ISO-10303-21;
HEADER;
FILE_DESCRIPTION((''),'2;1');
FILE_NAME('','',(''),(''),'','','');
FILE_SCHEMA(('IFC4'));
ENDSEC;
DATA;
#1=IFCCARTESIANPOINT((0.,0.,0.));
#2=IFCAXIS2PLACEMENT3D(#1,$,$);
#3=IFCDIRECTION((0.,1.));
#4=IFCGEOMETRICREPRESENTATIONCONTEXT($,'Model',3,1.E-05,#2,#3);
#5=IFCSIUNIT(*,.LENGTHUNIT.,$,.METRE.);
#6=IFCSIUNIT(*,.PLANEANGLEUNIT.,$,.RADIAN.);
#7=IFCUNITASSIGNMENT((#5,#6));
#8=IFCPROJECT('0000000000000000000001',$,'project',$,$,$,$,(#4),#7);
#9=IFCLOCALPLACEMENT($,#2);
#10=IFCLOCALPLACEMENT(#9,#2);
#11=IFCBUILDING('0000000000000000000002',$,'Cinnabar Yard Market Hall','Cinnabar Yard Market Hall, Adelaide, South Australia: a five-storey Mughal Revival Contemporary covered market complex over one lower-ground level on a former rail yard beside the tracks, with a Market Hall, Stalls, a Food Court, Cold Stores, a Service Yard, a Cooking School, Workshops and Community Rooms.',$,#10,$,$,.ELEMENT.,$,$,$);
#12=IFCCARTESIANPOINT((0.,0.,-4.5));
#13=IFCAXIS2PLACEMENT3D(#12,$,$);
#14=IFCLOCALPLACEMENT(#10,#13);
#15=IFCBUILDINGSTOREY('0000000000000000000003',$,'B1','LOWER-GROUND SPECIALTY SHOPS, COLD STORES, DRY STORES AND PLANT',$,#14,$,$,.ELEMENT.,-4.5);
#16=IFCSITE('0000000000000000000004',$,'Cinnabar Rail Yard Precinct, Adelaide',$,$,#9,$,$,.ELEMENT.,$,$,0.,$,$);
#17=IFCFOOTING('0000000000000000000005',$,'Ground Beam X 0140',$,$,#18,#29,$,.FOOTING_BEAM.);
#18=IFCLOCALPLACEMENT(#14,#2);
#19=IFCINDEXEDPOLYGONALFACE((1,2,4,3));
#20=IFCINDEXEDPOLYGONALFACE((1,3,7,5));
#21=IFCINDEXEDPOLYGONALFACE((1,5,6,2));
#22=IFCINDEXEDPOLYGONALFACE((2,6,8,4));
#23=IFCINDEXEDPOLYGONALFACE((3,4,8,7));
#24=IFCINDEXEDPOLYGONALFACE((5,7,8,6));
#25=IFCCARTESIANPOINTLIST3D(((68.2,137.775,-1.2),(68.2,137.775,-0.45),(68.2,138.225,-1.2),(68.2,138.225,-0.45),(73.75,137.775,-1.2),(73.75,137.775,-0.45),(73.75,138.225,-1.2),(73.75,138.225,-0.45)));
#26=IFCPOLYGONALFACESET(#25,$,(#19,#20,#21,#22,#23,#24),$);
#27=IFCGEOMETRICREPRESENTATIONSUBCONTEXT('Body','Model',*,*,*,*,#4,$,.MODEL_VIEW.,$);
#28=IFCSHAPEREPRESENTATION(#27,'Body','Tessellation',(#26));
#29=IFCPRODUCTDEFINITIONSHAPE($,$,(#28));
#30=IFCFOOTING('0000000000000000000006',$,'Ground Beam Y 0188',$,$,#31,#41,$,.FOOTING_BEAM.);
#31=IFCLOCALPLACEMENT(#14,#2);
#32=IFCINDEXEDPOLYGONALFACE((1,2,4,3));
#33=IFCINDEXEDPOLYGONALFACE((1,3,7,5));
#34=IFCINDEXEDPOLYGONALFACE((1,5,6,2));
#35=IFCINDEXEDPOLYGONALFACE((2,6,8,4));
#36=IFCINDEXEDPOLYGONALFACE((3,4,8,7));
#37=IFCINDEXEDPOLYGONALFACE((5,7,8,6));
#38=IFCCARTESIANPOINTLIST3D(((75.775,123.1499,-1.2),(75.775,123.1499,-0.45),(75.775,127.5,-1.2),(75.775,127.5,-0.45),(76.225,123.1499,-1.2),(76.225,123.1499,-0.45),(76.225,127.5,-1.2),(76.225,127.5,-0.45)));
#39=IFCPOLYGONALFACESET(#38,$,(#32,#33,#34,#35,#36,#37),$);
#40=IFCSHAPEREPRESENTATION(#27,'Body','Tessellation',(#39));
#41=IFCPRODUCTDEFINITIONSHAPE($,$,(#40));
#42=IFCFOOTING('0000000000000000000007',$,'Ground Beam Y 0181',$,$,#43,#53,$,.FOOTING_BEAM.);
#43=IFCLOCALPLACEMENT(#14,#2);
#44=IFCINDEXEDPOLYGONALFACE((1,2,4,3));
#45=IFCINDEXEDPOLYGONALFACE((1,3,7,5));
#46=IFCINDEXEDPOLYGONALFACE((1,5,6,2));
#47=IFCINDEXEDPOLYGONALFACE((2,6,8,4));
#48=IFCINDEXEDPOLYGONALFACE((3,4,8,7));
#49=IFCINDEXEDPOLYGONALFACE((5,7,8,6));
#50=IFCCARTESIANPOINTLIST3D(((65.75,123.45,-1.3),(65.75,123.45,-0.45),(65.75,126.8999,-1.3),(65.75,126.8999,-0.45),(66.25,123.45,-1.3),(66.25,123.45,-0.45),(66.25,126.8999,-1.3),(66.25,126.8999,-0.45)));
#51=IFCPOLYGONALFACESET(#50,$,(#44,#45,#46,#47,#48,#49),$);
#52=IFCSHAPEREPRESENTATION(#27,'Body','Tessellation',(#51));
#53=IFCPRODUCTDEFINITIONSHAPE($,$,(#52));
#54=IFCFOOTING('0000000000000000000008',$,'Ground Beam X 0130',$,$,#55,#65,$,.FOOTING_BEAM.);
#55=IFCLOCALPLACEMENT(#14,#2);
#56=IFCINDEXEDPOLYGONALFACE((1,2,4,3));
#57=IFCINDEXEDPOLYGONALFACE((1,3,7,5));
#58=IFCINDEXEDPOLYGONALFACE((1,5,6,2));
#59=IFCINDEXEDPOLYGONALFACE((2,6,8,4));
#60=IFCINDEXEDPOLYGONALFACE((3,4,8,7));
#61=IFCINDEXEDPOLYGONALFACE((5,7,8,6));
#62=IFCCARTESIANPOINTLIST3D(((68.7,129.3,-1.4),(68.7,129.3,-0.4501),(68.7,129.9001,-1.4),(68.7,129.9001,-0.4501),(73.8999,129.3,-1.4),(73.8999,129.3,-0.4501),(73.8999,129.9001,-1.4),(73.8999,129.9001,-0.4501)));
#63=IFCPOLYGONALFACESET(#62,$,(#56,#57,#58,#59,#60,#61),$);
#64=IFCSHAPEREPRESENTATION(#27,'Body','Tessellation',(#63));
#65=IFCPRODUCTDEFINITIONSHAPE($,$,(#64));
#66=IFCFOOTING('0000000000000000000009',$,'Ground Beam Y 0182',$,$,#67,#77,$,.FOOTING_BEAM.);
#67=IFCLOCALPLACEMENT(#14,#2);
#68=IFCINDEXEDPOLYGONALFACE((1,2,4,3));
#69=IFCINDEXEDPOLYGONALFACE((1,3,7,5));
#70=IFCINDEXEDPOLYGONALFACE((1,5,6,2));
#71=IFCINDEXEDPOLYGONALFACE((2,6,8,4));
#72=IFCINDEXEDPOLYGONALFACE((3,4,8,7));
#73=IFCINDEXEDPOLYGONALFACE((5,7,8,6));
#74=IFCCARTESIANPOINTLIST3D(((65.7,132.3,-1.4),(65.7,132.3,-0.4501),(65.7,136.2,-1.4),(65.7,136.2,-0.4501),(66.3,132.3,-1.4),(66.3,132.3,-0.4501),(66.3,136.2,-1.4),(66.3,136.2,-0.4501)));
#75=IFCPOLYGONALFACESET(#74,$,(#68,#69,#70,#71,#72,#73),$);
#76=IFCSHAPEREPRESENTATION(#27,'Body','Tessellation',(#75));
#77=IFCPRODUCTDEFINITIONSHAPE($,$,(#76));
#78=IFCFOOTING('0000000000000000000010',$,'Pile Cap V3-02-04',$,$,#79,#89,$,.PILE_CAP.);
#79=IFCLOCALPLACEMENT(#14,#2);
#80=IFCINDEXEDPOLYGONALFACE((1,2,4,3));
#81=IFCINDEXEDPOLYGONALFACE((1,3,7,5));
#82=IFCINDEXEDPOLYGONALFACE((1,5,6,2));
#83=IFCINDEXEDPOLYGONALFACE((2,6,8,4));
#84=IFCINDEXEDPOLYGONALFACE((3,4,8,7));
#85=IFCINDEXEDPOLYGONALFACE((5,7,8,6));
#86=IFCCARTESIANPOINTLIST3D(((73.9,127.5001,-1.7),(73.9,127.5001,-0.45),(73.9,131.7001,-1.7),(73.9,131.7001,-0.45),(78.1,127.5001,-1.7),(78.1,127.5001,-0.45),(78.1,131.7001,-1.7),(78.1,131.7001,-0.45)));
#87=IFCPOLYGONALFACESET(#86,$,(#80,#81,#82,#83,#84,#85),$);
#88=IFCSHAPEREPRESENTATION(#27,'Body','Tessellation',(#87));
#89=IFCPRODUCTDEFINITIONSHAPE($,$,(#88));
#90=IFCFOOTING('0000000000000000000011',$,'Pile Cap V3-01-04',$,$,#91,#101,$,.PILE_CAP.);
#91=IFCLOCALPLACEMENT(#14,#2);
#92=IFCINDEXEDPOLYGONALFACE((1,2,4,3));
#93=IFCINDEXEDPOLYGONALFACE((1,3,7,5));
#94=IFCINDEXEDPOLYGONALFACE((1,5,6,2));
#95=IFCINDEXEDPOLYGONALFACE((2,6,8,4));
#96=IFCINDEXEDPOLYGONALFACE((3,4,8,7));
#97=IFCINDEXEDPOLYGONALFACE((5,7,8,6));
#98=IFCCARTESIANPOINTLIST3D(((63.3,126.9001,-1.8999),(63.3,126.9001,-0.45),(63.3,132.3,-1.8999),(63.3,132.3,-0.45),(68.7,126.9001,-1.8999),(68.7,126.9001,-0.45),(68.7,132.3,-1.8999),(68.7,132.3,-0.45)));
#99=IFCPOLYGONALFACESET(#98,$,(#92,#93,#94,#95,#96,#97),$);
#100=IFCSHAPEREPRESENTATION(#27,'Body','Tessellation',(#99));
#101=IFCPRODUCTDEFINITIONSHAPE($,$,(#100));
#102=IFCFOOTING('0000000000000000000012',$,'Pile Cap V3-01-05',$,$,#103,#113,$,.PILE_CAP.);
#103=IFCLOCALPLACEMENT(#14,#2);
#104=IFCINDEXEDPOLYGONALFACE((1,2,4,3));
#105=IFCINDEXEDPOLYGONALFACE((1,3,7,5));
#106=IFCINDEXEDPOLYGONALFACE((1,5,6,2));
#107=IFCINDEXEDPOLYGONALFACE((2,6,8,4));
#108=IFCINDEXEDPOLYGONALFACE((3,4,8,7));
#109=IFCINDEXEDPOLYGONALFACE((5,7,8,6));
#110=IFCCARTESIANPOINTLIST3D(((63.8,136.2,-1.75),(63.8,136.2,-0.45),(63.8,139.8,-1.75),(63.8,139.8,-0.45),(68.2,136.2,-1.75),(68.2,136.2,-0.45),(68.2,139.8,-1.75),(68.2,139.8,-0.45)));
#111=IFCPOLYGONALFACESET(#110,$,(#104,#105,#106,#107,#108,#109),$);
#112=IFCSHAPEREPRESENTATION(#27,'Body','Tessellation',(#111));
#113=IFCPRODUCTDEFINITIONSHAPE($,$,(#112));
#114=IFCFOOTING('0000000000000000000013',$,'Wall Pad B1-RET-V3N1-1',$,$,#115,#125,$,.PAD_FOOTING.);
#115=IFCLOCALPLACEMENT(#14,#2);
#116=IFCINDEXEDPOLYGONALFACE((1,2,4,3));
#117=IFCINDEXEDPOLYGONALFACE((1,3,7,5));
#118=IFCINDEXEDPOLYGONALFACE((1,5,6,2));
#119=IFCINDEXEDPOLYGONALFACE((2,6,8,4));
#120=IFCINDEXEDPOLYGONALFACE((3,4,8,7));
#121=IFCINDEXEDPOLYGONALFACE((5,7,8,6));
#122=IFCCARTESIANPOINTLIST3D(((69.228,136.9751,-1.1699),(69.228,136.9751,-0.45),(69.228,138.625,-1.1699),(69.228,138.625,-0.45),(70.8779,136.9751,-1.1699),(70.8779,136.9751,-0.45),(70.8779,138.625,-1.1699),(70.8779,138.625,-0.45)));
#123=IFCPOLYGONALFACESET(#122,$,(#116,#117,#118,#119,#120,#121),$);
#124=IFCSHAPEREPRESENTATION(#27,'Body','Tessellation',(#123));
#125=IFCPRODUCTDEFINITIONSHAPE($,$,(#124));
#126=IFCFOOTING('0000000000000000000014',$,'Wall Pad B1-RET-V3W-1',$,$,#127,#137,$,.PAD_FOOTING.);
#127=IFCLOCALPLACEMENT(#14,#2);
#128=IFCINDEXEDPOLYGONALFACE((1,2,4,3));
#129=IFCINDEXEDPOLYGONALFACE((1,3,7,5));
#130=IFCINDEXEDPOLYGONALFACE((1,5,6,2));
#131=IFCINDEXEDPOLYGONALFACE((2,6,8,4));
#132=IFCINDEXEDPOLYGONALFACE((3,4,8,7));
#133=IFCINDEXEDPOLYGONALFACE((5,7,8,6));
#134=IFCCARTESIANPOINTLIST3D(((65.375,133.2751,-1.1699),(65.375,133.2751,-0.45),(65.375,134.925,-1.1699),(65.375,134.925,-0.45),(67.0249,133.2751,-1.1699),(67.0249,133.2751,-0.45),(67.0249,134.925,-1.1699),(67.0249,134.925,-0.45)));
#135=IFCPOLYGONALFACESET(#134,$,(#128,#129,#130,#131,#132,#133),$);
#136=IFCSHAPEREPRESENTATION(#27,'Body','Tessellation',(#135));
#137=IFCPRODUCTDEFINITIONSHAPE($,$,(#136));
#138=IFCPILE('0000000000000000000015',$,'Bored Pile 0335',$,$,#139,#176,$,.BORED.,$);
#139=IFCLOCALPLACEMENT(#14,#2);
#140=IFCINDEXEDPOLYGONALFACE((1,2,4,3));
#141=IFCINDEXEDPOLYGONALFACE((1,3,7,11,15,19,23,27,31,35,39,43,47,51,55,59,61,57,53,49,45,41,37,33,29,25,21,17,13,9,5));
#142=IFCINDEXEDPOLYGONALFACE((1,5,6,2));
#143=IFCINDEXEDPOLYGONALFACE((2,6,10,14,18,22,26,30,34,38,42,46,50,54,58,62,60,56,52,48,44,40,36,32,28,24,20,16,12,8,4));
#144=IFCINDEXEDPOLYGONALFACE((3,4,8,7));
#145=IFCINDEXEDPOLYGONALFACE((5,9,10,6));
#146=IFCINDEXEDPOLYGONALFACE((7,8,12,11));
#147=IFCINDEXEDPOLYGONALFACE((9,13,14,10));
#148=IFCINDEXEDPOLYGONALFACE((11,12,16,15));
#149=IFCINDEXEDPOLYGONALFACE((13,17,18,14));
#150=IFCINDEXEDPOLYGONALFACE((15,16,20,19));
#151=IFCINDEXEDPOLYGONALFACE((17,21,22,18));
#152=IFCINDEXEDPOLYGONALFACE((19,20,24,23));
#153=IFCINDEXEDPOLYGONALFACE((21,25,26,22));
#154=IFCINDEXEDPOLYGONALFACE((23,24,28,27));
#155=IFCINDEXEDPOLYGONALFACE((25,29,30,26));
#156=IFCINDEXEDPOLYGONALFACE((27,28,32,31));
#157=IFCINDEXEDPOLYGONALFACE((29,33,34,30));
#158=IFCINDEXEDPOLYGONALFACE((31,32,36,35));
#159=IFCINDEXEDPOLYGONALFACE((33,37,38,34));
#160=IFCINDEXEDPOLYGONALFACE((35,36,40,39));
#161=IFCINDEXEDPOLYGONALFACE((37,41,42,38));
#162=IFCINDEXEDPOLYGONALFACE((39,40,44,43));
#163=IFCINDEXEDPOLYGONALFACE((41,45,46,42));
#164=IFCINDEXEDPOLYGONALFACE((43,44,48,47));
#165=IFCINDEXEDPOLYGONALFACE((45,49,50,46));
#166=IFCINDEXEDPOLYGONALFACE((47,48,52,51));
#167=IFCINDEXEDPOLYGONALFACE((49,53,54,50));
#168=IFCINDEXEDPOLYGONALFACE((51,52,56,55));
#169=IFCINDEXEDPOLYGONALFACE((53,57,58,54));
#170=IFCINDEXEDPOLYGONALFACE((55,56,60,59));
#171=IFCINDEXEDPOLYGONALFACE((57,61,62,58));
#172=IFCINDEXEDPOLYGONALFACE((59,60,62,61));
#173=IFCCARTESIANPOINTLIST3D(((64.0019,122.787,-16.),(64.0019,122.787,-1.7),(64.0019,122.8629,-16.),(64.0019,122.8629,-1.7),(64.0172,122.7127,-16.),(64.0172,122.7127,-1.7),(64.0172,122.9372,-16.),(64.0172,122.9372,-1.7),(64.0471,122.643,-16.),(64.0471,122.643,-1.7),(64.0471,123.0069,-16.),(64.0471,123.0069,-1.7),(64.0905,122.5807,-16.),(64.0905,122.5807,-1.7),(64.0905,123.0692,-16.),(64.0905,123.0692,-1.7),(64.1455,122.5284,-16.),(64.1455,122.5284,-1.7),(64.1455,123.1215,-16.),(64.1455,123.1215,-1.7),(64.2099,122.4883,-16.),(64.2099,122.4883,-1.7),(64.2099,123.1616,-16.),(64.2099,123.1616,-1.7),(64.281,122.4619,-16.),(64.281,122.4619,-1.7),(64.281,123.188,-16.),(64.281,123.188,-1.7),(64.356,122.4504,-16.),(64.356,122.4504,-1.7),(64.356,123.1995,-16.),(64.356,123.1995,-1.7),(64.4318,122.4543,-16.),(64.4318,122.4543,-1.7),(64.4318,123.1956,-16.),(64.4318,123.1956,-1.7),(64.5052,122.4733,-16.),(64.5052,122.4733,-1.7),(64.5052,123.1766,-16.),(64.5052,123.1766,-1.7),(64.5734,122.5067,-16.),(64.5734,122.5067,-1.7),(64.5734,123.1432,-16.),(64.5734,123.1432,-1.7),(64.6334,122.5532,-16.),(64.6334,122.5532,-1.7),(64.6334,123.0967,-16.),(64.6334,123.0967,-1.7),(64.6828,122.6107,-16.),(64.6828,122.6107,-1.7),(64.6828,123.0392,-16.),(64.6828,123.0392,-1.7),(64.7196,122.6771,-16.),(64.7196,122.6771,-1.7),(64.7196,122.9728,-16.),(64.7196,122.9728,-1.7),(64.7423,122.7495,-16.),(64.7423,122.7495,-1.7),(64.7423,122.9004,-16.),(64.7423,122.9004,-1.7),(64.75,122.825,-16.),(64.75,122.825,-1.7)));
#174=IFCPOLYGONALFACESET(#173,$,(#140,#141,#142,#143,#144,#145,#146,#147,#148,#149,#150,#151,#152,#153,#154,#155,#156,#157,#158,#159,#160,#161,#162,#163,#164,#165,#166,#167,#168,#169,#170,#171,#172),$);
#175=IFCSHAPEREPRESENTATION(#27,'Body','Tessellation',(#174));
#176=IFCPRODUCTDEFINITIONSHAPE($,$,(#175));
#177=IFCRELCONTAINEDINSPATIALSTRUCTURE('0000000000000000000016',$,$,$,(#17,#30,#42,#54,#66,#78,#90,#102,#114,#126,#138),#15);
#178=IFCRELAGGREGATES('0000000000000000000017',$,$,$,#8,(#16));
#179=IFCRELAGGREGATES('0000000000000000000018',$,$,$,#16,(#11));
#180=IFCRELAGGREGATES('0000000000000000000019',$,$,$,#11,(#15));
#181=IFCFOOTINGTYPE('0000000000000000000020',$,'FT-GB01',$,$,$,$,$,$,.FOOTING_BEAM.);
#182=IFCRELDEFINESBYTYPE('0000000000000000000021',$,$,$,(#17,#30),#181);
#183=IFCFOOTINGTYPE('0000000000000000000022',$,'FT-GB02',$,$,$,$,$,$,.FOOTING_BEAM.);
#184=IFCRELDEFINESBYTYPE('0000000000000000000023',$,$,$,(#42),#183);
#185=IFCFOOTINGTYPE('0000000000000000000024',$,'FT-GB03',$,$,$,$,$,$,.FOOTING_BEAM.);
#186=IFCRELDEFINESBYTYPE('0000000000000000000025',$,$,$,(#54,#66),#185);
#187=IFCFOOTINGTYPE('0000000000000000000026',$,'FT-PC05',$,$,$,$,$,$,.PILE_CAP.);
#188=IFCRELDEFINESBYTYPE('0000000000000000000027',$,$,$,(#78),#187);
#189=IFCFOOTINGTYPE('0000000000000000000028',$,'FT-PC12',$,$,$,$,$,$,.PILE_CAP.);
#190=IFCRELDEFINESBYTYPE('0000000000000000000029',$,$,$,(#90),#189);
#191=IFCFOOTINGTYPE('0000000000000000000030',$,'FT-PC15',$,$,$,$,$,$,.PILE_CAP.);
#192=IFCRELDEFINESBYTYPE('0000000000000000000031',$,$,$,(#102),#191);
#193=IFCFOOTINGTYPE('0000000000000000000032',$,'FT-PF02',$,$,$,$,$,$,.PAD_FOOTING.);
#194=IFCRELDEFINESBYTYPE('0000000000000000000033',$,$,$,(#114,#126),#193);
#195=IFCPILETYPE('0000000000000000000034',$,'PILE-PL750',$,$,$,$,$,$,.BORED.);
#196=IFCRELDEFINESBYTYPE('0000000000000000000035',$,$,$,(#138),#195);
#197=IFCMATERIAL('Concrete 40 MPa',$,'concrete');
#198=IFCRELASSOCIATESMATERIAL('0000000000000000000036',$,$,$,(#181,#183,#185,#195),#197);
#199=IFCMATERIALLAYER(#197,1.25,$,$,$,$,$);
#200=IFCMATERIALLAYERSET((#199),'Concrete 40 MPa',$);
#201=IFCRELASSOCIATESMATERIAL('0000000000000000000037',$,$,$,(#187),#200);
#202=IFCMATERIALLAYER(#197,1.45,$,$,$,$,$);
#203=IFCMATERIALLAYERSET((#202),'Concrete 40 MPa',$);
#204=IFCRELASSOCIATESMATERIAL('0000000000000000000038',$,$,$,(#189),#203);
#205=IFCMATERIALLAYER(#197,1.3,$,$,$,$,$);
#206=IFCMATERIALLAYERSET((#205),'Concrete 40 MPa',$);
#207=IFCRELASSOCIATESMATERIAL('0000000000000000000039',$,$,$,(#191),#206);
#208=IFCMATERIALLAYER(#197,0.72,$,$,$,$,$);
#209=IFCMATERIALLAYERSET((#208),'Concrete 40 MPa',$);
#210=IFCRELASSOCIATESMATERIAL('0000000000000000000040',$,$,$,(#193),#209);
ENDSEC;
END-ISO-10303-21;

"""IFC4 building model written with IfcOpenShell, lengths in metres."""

from ifc_helpers import new_model, si_unit, direction, frame, origin, origin_2d_with_axis, place, context, subcontext, project, spatial, rectangle, circle, extrude, material, layer, layer_set, material_profile, profile_set, type_object, element, save


model = new_model("IFC4")

# Units and contexts
model_context = context("Model", 3, precision=1e-05, world=origin(), true_north=direction((0.0, 1.0)))
body_context = subcontext(model_context, "Body", "Model", "MODEL_VIEW")
ifc_project = project(units=[si_unit("LENGTHUNIT", "METRE"), si_unit("PLANEANGLEUNIT", "RADIAN")], contexts=[model_context])

# Site, building, storey
site_placement = place(None, origin())
site = spatial("IfcSite", under=ifc_project, at=site_placement, Name="Cinnabar Rail Yard Precinct, Adelaide", CompositionType="ELEMENT", RefElevation=0.0)
building_placement = place(site_placement, origin())
building = spatial("IfcBuilding", under=site, at=building_placement, Name="Cinnabar Yard Market Hall", Description="Cinnabar Yard Market Hall, Adelaide, South Australia: a five-storey Mughal Revival Contemporary covered market complex over one lower-ground level on a former rail yard beside the tracks, with a Market Hall, Stalls, a Food Court, Cold Stores, a Service Yard, a Cooking School, Workshops and Community Rooms.", CompositionType="ELEMENT")
storey_placement = place(building_placement, frame((0.0, 0.0, -4.5)))
storey = spatial("IfcBuildingStorey", under=building, at=storey_placement, Name="B1", Description="LOWER-GROUND SPECIALTY SHOPS, COLD STORES, DRY STORES AND PLANT", CompositionType="ELEMENT", Elevation=-4.5)

# Footings
ifc_material_1 = material(Name="Concrete 40 MPa", Category="concrete")
ifc_material_profile_1 = material_profile(ifc_material_1, rectangle(XDim=0.45, YDim=0.75, at=origin_2d_with_axis()), Name="GB-450x750")
ifc_profile_set_1 = profile_set([ifc_material_profile_1], Name="Concrete 40 MPa")
footing_type_1 = type_object("IfcFootingType", Name="FT-GB01", PredefinedType="FOOTING_BEAM", material=ifc_profile_set_1)
footing_1_placement = place(storey_placement, frame((68.2, 138.0, -0.825), z_axis=(1.0, 0.0, 0.0), x_axis=(0.0, 1.0, 0.0)))
element("IfcFooting", 1, at=footing_1_placement, inside=storey, type_object=footing_type_1, Name="Ground Beam X 0140", PredefinedType="FOOTING_BEAM", context=body_context, shape_type="SweptSolid", body=[
    extrude(rectangle(XDim=0.45, YDim=0.75, at=origin_2d_with_axis()), origin(), (0.0, 0.0, 1.0), 5.55),
])
footing_2_placement = place(storey_placement, frame((76.0, 123.1499, -0.825), z_axis=(0.0, 1.0, 0.0), x_axis=(-1.0, 0.0, 0.0)))
element("IfcFooting", 2, at=footing_2_placement, inside=storey, type_object=footing_type_1, Name="Ground Beam Y 0188", PredefinedType="FOOTING_BEAM", context=body_context, shape_type="SweptSolid", body=[
    extrude(rectangle(XDim=0.45, YDim=0.75, at=origin_2d_with_axis()), origin(), (0.0, 0.0, 1.0), 4.3501),
])
ifc_material_profile_2 = material_profile(ifc_material_1, rectangle(XDim=0.5, YDim=0.8501, at=origin_2d_with_axis()), Name="GB-500x850")
ifc_profile_set_2 = profile_set([ifc_material_profile_2], Name="Concrete 40 MPa")
footing_type_2 = type_object("IfcFootingType", Name="FT-GB02", PredefinedType="FOOTING_BEAM", material=ifc_profile_set_2)
footing_3_placement = place(storey_placement, frame((66.0, 123.45, -0.875), z_axis=(0.0, 1.0, 0.0), x_axis=(-1.0, 0.0, 0.0)))
element("IfcFooting", 3, at=footing_3_placement, inside=storey, type_object=footing_type_2, Name="Ground Beam Y 0181", PredefinedType="FOOTING_BEAM", context=body_context, shape_type="SweptSolid", body=[
    extrude(rectangle(XDim=0.5, YDim=0.8501, at=origin_2d_with_axis()), origin(), (0.0, 0.0, 1.0), 3.45),
])
ifc_material_profile_3 = material_profile(ifc_material_1, rectangle(XDim=0.6001, YDim=0.95, at=origin_2d_with_axis()), Name="GB-600x950")
ifc_profile_set_3 = profile_set([ifc_material_profile_3], Name="Concrete 40 MPa")
footing_type_3 = type_object("IfcFootingType", Name="FT-GB03", PredefinedType="FOOTING_BEAM", material=ifc_profile_set_3)
footing_4_placement = place(storey_placement, frame((68.7, 129.6001, -0.925), z_axis=(1.0, 0.0, 0.0), x_axis=(0.0, 1.0, 0.0)))
element("IfcFooting", 4, at=footing_4_placement, inside=storey, type_object=footing_type_3, Name="Ground Beam X 0130", PredefinedType="FOOTING_BEAM", context=body_context, shape_type="SweptSolid", body=[
    extrude(rectangle(XDim=0.6001, YDim=0.95, at=origin_2d_with_axis()), origin(), (0.0, 0.0, 1.0), 5.2),
])
footing_5_placement = place(storey_placement, frame((66.0, 132.3, -0.925), z_axis=(0.0, 1.0, 0.0), x_axis=(-1.0, 0.0, 0.0)))
element("IfcFooting", 5, at=footing_5_placement, inside=storey, type_object=footing_type_3, Name="Ground Beam Y 0182", PredefinedType="FOOTING_BEAM", context=body_context, shape_type="SweptSolid", body=[
    extrude(rectangle(XDim=0.6001, YDim=0.95, at=origin_2d_with_axis()), origin(), (0.0, 0.0, 1.0), 3.8999),
])
ifc_layer_1 = layer(ifc_material_1, 1.25)
ifc_layer_set_1 = layer_set([ifc_layer_1], Name="Concrete 40 MPa")
footing_type_4 = type_object("IfcFootingType", Name="FT-PC05", PredefinedType="PILE_CAP", material=ifc_layer_set_1)
footing_6_placement = place(storey_placement, frame((76.0, 129.6001, -1.7), z_axis=(0.0, 0.0, 1.0), x_axis=(1.0, 0.0, 0.0)))
element("IfcFooting", 6, at=footing_6_placement, inside=storey, type_object=footing_type_4, Name="Pile Cap V3-02-04", PredefinedType="PILE_CAP", context=body_context, shape_type="SweptSolid", body=[
    extrude(rectangle(XDim=4.2, YDim=4.2, at=origin_2d_with_axis()), origin(), (0.0, 0.0, 1.0), 1.25),
])
ifc_layer_2 = layer(ifc_material_1, 1.45)
ifc_layer_set_2 = layer_set([ifc_layer_2], Name="Concrete 40 MPa")
footing_type_5 = type_object("IfcFootingType", Name="FT-PC12", PredefinedType="PILE_CAP", material=ifc_layer_set_2)
footing_7_placement = place(storey_placement, frame((66.0, 129.6001, -1.8999), z_axis=(0.0, 0.0, 1.0), x_axis=(1.0, 0.0, 0.0)))
element("IfcFooting", 7, at=footing_7_placement, inside=storey, type_object=footing_type_5, Name="Pile Cap V3-01-04", PredefinedType="PILE_CAP", context=body_context, shape_type="SweptSolid", body=[
    extrude(rectangle(XDim=5.3999, YDim=5.3999, at=origin_2d_with_axis()), origin(), (0.0, 0.0, 1.0), 1.45),
])
ifc_layer_3 = layer(ifc_material_1, 1.3)
ifc_layer_set_3 = layer_set([ifc_layer_3], Name="Concrete 40 MPa")
footing_type_6 = type_object("IfcFootingType", Name="FT-PC15", PredefinedType="PILE_CAP", material=ifc_layer_set_3)
footing_8_placement = place(storey_placement, frame((66.0, 138.0, -1.75), z_axis=(0.0, 0.0, 1.0), x_axis=(1.0, 0.0, 0.0)))
element("IfcFooting", 8, at=footing_8_placement, inside=storey, type_object=footing_type_6, Name="Pile Cap V3-01-05", PredefinedType="PILE_CAP", context=body_context, shape_type="SweptSolid", body=[
    extrude(rectangle(XDim=4.3999, YDim=3.6001, at=origin_2d_with_axis()), origin(), (0.0, 0.0, 1.0), 1.3),
])
ifc_layer_4 = layer(ifc_material_1, 0.72)
ifc_layer_set_4 = layer_set([ifc_layer_4], Name="Concrete 40 MPa")
footing_type_7 = type_object("IfcFootingType", Name="FT-PF02", PredefinedType="PAD_FOOTING", material=ifc_layer_set_4)
for number, where, z_axis, x_axis, name in (
    (9, (70.053, 137.8, -1.1699), (0.0, 0.0, 1.0), (1.0, 0.0, 0.0), "Wall Pad B1-RET-V3N1-1"),
    (10, (66.2, 134.1001, -1.1699), (0.0, 0.0, 1.0), (1.0, 0.0, 0.0), "Wall Pad B1-RET-V3W-1"),
):
    element("IfcFooting", number, at=place(storey_placement, frame(where, z_axis=z_axis, x_axis=x_axis)), inside=storey, type_object=footing_type_7, Name=name, PredefinedType="PAD_FOOTING", context=body_context, shape_type="SweptSolid", body=[
        extrude(rectangle(XDim=1.6499, YDim=1.6499, at=origin_2d_with_axis()), origin(), (0.0, 0.0, 1.0), 0.72),
    ])

# Pile
ifc_material_profile_4 = material_profile(ifc_material_1, circle(Radius=0.375, at=origin_2d_with_axis()), Name="PILE-D750")
ifc_profile_set_4 = profile_set([ifc_material_profile_4], Name="Concrete 40 MPa")
pile_type_1 = type_object("IfcPileType", Name="PILE-PL750", PredefinedType="BORED", material=ifc_profile_set_4)
for number, where, z_axis, x_axis, name in (
    (11, (64.375, 122.825, -1.7), (0.0, 0.0, -1.0), (1.0, 0.0, 0.0), "Bored Pile 0335"),
):
    element("IfcPile", number, at=place(storey_placement, frame(where, z_axis=z_axis, x_axis=x_axis)), inside=storey, type_object=pile_type_1, Name=name, PredefinedType="BORED", context=body_context, shape_type="SweptSolid", body=[
        extrude(circle(Radius=0.375, at=origin_2d_with_axis()), origin(), (0.0, 0.0, 1.0), 14.3),
    ])

save(model, "model.ifc")
